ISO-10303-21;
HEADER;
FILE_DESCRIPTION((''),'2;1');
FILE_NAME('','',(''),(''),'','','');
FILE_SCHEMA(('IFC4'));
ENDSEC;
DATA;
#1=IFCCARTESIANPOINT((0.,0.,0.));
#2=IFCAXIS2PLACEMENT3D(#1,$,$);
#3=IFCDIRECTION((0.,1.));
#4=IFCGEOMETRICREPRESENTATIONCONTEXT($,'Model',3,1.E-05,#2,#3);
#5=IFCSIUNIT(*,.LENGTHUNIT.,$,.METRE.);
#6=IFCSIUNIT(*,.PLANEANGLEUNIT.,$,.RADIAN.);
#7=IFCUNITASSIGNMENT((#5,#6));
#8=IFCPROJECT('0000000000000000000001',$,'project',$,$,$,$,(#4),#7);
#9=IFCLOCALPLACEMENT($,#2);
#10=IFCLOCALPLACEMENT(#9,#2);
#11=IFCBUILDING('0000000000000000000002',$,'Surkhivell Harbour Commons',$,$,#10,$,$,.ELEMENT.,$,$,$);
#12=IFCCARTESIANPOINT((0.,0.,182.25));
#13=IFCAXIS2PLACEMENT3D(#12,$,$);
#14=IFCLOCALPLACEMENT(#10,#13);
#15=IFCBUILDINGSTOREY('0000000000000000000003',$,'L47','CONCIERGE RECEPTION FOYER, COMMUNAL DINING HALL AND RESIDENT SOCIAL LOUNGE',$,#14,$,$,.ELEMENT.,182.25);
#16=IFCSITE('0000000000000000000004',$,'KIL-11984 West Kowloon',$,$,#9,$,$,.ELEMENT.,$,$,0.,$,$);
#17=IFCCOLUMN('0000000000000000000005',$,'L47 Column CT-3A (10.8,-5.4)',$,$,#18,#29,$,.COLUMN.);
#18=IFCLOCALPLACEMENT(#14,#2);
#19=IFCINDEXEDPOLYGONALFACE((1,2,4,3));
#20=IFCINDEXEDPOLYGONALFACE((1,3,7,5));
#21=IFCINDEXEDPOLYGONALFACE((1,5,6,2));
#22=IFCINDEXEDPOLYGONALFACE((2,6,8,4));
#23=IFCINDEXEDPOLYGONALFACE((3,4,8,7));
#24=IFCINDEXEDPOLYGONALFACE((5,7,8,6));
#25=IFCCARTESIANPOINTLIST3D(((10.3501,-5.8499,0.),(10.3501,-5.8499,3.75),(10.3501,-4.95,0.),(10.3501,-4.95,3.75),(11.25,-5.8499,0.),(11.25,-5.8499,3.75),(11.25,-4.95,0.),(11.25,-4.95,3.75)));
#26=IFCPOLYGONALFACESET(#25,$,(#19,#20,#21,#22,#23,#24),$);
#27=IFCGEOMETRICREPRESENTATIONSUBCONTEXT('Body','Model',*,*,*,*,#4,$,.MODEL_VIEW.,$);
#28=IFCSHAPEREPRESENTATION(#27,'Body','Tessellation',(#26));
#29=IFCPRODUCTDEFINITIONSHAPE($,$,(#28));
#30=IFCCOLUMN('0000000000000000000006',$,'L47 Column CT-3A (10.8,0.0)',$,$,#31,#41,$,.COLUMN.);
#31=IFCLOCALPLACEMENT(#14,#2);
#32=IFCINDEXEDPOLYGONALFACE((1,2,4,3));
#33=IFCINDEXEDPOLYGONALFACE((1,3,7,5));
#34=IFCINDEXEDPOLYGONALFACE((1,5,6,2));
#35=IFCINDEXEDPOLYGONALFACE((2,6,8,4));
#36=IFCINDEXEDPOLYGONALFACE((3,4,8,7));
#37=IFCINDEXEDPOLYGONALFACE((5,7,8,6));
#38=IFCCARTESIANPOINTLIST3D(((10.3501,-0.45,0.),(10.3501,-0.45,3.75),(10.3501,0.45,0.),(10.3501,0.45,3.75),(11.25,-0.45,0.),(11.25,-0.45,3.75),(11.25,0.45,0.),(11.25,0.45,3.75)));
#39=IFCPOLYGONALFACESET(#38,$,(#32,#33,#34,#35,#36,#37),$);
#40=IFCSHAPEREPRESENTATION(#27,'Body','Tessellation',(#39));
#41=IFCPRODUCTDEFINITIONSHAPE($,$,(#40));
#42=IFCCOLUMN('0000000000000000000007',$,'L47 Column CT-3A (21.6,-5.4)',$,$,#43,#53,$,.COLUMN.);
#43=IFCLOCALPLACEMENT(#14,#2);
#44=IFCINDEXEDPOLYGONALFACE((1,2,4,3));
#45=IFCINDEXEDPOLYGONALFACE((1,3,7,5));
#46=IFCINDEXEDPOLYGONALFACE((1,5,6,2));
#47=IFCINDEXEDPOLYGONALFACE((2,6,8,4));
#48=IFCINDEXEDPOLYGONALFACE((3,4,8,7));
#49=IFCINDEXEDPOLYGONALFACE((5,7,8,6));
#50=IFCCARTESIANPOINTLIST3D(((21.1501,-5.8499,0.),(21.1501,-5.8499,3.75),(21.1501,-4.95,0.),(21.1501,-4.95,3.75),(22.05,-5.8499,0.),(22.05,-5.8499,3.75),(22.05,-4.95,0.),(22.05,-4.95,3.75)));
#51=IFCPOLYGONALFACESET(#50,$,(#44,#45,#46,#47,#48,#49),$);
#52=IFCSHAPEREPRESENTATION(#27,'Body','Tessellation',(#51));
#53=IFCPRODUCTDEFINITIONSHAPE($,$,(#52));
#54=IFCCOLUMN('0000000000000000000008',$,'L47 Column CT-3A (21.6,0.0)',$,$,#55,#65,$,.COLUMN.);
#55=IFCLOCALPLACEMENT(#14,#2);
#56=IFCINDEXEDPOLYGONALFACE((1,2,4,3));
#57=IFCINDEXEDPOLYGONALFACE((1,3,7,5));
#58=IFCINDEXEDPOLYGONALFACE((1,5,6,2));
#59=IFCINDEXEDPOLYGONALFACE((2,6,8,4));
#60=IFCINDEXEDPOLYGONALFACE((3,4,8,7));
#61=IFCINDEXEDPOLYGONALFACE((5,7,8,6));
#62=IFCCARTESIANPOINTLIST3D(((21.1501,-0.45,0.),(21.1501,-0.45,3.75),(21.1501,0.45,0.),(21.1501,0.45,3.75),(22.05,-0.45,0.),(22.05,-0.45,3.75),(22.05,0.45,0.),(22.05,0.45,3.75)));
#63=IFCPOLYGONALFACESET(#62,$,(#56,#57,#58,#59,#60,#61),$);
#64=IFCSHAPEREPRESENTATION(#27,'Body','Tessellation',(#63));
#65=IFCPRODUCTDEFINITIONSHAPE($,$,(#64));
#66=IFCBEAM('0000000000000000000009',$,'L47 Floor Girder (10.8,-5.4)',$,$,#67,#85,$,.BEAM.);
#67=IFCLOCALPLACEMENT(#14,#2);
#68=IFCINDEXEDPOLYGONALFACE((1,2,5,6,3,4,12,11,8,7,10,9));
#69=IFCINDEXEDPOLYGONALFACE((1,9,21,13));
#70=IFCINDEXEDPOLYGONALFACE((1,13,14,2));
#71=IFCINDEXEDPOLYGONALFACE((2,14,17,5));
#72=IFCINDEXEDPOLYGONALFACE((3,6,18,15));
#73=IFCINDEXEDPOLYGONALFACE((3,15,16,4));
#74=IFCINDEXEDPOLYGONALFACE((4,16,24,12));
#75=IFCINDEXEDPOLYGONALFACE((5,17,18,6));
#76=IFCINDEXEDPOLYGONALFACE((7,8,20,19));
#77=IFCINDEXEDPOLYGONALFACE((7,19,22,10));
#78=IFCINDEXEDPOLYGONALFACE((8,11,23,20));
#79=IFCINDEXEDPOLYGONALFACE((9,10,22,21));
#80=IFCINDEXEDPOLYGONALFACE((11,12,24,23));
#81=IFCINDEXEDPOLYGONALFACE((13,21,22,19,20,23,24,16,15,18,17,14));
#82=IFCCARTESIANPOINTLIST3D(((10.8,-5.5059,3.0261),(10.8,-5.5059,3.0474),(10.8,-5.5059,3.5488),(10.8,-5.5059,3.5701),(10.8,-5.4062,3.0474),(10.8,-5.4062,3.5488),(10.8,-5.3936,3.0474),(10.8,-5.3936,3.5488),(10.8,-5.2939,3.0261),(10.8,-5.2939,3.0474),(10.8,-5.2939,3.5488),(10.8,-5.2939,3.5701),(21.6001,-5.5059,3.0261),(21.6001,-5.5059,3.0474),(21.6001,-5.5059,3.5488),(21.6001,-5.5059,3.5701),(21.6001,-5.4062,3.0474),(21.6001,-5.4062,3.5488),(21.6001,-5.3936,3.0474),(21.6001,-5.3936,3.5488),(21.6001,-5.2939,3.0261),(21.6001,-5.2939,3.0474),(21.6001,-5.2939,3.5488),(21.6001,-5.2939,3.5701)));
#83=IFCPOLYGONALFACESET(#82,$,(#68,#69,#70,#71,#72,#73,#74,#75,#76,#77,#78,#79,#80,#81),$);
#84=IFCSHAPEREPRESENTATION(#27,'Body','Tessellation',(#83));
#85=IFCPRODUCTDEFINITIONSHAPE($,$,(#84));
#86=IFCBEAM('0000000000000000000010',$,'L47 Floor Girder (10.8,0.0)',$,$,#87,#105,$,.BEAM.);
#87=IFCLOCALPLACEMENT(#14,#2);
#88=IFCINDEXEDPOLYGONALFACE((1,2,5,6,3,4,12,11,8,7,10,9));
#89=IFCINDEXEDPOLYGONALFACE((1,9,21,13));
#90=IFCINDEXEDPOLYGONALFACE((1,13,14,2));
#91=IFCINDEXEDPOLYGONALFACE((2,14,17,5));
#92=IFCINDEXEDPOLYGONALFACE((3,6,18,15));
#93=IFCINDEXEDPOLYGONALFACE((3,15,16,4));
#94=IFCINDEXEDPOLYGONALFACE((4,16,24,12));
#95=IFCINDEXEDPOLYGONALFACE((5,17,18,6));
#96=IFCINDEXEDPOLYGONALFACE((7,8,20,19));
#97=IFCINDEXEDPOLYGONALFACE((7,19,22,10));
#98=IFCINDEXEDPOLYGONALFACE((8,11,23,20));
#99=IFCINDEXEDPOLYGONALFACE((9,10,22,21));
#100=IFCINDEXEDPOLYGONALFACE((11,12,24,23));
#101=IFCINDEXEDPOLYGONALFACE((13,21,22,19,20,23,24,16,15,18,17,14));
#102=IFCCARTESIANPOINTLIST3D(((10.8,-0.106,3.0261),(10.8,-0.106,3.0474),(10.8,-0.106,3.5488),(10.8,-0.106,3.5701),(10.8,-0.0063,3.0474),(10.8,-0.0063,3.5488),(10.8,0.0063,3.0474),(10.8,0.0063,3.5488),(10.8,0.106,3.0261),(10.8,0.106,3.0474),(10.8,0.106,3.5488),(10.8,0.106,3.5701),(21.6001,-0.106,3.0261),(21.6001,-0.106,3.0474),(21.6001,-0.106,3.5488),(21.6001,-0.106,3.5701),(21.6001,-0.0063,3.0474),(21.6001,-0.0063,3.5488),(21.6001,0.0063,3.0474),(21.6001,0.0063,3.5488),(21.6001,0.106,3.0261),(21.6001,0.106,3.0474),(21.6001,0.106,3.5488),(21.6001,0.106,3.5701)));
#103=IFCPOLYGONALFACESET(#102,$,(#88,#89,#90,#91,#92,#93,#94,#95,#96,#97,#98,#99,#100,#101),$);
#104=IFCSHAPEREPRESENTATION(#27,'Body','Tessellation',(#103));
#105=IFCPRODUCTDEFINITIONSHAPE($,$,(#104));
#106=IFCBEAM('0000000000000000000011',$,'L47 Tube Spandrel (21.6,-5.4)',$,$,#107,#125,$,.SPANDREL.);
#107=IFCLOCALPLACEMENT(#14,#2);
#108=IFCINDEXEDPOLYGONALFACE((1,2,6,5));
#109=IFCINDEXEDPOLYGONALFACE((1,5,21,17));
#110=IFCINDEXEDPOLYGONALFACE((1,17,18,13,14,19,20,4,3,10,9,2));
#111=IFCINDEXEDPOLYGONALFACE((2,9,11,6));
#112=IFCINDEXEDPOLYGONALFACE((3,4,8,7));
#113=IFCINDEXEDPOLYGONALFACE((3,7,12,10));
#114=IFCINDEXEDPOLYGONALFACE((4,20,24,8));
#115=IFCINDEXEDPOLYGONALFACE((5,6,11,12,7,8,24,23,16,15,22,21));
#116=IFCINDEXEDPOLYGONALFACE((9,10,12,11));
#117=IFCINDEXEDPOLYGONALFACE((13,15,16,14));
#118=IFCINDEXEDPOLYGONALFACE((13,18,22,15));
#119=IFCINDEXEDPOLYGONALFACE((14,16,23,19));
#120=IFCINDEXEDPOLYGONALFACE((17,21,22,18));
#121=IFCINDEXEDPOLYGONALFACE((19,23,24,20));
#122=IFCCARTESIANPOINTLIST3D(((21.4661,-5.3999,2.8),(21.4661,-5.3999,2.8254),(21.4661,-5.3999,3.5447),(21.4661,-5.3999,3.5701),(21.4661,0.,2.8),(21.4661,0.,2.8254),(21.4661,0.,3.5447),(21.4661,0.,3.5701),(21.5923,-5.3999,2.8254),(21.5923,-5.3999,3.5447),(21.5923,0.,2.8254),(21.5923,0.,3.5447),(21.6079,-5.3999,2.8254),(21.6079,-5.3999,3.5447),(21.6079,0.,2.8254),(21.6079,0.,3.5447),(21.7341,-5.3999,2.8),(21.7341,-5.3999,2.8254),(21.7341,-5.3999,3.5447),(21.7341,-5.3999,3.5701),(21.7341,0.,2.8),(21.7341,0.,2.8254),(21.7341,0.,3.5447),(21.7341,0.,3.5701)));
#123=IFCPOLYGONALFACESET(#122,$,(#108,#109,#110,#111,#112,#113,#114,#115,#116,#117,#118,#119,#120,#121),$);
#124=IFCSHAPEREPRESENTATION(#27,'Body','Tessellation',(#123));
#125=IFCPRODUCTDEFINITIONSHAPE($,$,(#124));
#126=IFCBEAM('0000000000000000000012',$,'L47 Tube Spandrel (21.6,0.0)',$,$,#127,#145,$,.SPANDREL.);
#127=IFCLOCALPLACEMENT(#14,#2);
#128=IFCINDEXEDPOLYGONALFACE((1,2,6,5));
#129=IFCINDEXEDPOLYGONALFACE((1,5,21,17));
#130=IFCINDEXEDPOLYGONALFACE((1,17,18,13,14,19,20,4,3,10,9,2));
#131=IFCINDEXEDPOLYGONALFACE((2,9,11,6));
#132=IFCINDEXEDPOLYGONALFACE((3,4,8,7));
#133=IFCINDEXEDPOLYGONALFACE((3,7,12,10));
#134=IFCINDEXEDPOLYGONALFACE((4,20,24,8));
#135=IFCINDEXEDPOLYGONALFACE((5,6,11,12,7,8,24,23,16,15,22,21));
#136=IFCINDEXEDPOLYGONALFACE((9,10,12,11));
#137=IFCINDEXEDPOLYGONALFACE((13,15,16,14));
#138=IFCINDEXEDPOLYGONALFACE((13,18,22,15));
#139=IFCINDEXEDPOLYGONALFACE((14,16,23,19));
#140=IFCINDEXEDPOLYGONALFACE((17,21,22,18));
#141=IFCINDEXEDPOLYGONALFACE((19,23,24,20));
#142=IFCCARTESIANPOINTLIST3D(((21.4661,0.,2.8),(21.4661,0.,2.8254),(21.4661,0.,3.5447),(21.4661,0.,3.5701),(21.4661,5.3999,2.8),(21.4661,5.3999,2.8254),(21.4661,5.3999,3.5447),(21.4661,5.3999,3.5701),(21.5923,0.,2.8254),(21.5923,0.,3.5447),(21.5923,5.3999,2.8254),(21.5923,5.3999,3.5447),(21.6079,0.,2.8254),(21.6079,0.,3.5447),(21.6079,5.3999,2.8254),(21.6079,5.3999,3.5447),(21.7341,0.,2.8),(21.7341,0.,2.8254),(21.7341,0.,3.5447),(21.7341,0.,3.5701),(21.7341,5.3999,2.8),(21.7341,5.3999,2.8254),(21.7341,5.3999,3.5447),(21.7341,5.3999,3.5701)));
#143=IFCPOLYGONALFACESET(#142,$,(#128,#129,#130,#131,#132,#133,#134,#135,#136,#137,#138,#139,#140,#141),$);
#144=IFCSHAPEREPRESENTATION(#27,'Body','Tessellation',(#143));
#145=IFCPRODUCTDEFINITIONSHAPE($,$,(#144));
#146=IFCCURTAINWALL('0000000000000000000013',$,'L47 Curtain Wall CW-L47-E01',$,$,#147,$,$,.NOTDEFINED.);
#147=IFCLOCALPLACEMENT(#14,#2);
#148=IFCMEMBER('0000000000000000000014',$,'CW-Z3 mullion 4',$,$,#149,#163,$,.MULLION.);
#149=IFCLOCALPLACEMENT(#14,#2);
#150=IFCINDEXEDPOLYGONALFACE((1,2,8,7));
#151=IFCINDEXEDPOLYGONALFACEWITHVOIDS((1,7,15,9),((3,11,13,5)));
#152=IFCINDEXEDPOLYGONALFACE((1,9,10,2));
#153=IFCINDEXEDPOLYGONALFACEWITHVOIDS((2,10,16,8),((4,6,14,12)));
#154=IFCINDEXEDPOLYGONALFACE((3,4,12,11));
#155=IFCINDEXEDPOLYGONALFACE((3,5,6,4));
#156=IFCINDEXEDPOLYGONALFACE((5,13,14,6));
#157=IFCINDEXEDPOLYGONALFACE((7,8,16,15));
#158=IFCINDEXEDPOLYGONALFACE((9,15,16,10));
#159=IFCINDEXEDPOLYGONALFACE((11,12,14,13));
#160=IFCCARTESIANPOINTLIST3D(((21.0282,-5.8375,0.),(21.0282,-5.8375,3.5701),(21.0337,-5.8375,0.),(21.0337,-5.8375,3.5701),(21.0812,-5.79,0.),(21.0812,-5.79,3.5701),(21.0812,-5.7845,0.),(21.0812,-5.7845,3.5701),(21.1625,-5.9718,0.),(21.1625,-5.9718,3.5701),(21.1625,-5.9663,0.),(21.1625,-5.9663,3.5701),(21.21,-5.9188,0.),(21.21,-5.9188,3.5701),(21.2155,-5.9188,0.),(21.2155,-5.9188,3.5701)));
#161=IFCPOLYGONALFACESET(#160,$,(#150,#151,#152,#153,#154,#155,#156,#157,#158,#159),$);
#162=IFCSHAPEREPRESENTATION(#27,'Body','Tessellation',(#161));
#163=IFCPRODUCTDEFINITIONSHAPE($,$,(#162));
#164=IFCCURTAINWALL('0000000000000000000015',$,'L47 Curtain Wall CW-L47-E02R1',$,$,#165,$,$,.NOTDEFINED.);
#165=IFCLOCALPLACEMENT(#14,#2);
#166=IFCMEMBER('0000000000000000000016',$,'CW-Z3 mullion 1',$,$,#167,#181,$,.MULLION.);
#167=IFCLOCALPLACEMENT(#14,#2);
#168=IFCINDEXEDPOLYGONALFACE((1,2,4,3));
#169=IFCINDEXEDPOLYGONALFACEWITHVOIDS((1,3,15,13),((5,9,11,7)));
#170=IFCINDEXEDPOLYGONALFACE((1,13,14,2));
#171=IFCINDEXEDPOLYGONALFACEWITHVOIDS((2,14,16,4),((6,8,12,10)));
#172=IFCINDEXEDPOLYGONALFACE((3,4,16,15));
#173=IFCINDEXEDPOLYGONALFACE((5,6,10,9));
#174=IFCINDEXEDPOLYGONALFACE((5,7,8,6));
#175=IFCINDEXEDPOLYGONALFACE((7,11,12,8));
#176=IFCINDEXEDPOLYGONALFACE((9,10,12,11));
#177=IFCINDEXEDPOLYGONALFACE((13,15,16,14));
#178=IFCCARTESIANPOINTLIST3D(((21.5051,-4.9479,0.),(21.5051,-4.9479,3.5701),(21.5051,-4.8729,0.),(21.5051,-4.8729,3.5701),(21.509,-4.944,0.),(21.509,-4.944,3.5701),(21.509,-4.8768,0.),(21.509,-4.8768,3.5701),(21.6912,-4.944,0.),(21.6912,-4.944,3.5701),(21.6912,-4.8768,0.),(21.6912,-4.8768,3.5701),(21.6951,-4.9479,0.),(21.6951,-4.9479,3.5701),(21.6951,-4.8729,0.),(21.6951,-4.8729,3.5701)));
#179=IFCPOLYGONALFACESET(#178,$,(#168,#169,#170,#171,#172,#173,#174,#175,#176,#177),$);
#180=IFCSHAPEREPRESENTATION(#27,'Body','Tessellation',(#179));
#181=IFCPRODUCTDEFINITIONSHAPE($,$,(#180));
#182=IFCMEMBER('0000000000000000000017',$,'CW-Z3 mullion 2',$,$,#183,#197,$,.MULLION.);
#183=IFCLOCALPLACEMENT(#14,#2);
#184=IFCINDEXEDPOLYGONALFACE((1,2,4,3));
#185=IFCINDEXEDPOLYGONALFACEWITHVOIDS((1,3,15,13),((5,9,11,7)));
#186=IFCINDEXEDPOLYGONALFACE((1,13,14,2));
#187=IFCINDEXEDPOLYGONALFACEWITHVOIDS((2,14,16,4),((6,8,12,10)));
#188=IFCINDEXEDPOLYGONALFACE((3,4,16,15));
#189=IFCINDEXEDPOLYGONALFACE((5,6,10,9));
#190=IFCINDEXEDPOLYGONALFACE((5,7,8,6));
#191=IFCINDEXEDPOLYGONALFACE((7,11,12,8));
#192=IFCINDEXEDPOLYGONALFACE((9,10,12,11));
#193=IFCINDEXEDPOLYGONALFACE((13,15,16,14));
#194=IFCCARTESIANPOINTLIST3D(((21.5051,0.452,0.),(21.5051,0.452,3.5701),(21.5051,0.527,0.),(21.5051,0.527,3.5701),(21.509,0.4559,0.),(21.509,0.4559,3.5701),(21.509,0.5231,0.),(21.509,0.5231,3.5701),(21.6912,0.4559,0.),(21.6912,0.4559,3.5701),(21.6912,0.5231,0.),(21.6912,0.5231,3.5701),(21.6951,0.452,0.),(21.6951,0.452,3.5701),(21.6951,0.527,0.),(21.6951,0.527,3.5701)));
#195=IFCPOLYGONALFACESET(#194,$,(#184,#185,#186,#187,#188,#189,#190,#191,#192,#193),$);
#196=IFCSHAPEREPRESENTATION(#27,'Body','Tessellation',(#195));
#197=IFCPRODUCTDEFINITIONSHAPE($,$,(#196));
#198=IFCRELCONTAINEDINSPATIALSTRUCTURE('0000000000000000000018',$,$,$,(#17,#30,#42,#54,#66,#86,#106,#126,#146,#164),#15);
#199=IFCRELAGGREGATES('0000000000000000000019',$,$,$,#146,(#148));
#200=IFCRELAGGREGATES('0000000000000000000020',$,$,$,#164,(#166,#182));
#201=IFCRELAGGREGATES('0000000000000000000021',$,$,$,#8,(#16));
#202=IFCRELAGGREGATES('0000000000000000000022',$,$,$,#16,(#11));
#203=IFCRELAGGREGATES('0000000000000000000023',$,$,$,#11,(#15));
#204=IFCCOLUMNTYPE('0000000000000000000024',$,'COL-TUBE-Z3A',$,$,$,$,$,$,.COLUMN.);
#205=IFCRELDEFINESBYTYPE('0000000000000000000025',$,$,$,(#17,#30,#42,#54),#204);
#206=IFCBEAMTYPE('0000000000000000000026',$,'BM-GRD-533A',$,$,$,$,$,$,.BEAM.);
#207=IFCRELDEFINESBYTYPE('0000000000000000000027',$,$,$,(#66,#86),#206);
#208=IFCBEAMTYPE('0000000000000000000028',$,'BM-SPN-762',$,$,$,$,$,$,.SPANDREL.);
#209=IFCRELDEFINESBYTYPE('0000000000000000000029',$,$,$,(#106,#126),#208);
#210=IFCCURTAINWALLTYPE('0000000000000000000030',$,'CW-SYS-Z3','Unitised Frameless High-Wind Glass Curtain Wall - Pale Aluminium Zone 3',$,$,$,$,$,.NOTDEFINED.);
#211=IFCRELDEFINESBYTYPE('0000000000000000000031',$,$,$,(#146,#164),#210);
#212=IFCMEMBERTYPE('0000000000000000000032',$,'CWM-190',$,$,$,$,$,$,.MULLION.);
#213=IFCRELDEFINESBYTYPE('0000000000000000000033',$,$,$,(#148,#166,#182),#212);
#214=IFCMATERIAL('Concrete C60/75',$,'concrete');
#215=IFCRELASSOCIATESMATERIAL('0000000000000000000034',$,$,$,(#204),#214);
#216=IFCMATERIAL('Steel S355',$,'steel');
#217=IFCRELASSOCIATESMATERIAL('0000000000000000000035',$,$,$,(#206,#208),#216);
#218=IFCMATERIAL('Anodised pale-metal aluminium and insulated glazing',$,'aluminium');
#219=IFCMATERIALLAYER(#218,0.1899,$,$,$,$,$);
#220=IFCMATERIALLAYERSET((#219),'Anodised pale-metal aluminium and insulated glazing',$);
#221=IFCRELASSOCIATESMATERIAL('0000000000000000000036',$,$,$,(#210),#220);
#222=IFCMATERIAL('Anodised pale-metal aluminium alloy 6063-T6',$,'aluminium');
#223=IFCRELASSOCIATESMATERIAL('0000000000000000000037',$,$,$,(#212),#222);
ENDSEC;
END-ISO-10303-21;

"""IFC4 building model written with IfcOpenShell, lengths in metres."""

from ifc_helpers import new_model, si_unit, direction, frame, origin, origin_2d, place, context, subcontext, project, spatial, rectangle, hollow_rectangle, i_section, extrude, material, layer, layer_set, material_profile, profile_set, type_object, element, aggregate, save


model = new_model("IFC4")

# Units and contexts
model_context = context("Model", 3, precision=1e-05, world=origin(), true_north=direction((0.0, 1.0)))
body_context = subcontext(model_context, "Body", "Model", "MODEL_VIEW")
ifc_project = project(units=[si_unit("LENGTHUNIT", "METRE"), si_unit("PLANEANGLEUNIT", "RADIAN")], contexts=[model_context])

# Site, building, storey
site_placement = place(None, origin())
site = spatial("IfcSite", under=ifc_project, at=site_placement, Name="KIL-11984 West Kowloon", CompositionType="ELEMENT", RefElevation=0.0)
building_placement = place(site_placement, origin())
building = spatial("IfcBuilding", under=site, at=building_placement, Name="Surkhivell Harbour Commons", CompositionType="ELEMENT")
storey_placement = place(building_placement, frame((0.0, 0.0, 182.25)))
storey = spatial("IfcBuildingStorey", under=building, at=storey_placement, Name="L47", Description="CONCIERGE RECEPTION FOYER, COMMUNAL DINING HALL AND RESIDENT SOCIAL LOUNGE", CompositionType="ELEMENT", Elevation=182.25)

# Columns
ifc_material_1 = material(Name="Concrete C60/75", Category="concrete")
ifc_material_profile_1 = material_profile(ifc_material_1, rectangle(XDim=0.8999, YDim=0.8999, at=origin_2d()), Name="RC-COL-900x900")
ifc_profile_set_1 = profile_set([ifc_material_profile_1], Name="Concrete C60/75")
column_type = type_object("IfcColumnType", Name="COL-TUBE-Z3A", PredefinedType="COLUMN", material=ifc_profile_set_1)
for number, where, z_axis, x_axis, name in (
    (1, (10.8, -5.3999, 0.0), (0.0, 0.0, 1.0), (1.0, 0.0, 0.0), "L47 Column CT-3A (10.8,-5.4)"),
    (2, (10.8, 0.0, 0.0), (0.0, 0.0, 1.0), (1.0, 0.0, 0.0), "L47 Column CT-3A (10.8,0.0)"),
    (3, (21.6001, -5.3999, 0.0), (0.0, 0.0, 1.0), (1.0, 0.0, 0.0), "L47 Column CT-3A (21.6,-5.4)"),
    (4, (21.6001, 0.0, 0.0), (0.0, 0.0, 1.0), (1.0, 0.0, 0.0), "L47 Column CT-3A (21.6,0.0)"),
):
    element("IfcColumn", number, at=place(storey_placement, frame(where, z_axis=z_axis, x_axis=x_axis)), inside=storey, type_object=column_type, Name=name, PredefinedType="COLUMN", context=body_context, shape_type="SweptSolid", body=[
        extrude(rectangle(XDim=0.8999, YDim=0.8999, at=origin_2d()), origin(), (0.0, 0.0, 1.0), 3.75),
    ])

# Beams
ifc_material_2 = material(Name="Steel S355", Category="steel")
ifc_material_profile_2 = material_profile(ifc_material_2, i_section(OverallWidth=0.2119, OverallDepth=0.5439, WebThickness=0.0127, FlangeThickness=0.0212, at=origin_2d()), Name="UB533x210x122")
ifc_profile_set_2 = profile_set([ifc_material_profile_2], Name="Steel S355")
beam_type_1 = type_object("IfcBeamType", Name="BM-GRD-533A", PredefinedType="BEAM", material=ifc_profile_set_2)
for number, where, z_axis, x_axis, name in (
    (5, (10.8, -5.3999, 3.2981), (1.0, 0.0, 0.0), (0.0, 1.0, 0.0), "L47 Floor Girder (10.8,-5.4)"),
    (6, (10.8, 0.0, 3.2981), (1.0, 0.0, 0.0), (0.0, 1.0, 0.0), "L47 Floor Girder (10.8,0.0)"),
):
    element("IfcBeam", number, at=place(storey_placement, frame(where, z_axis=z_axis, x_axis=x_axis)), inside=storey, type_object=beam_type_1, Name=name, PredefinedType="BEAM", context=body_context, shape_type="SweptSolid", body=[
        extrude(i_section(OverallWidth=0.2119, OverallDepth=0.5439, WebThickness=0.0127, FlangeThickness=0.0212, at=origin_2d()), origin(), (0.0, 0.0, 1.0), 10.8),
    ])
ifc_material_profile_3 = material_profile(ifc_material_2, i_section(OverallWidth=0.2681, OverallDepth=0.77, WebThickness=0.0156, FlangeThickness=0.0254, at=origin_2d()), Name="UB762x267x197")
ifc_profile_set_3 = profile_set([ifc_material_profile_3], Name="Steel S355")
beam_type_2 = type_object("IfcBeamType", Name="BM-SPN-762", PredefinedType="SPANDREL", material=ifc_profile_set_3)
for number, where, z_axis, x_axis, name in (
    (7, (21.6001, -5.3999, 3.1851), (0.0, 1.0, 0.0), (-1.0, 0.0, 0.0), "L47 Tube Spandrel (21.6,-5.4)"),
    (8, (21.6001, 0.0, 3.1851), (0.0, 1.0, 0.0), (-1.0, 0.0, 0.0), "L47 Tube Spandrel (21.6,0.0)"),
):
    element("IfcBeam", number, at=place(storey_placement, frame(where, z_axis=z_axis, x_axis=x_axis)), inside=storey, type_object=beam_type_2, Name=name, PredefinedType="SPANDREL", context=body_context, shape_type="SweptSolid", body=[
        extrude(i_section(OverallWidth=0.2681, OverallDepth=0.77, WebThickness=0.0156, FlangeThickness=0.0254, at=origin_2d()), origin(), (0.0, 0.0, 1.0), 5.3999),
    ])

# Curtain wall, member
ifc_material_3 = material(Name="Anodised pale-metal aluminium and insulated glazing", Category="aluminium")
ifc_layer_1 = layer(ifc_material_3, 0.1899)
ifc_layer_set_1 = layer_set([ifc_layer_1], Name="Anodised pale-metal aluminium and insulated glazing")
curtain_wall_type = type_object("IfcCurtainWallType", Name="CW-SYS-Z3", Description="Unitised Frameless High-Wind Glass Curtain Wall - Pale Aluminium Zone 3", PredefinedType="NOTDEFINED", material=ifc_layer_set_1)
curtain_wall_1_placement = place(storey_placement, origin())
curtain_wall_1 = element("IfcCurtainWall", 9, at=curtain_wall_1_placement, inside=storey, type_object=curtain_wall_type, Name="L47 Curtain Wall CW-L47-E01", PredefinedType="NOTDEFINED")
ifc_material_4 = material(Name="Anodised pale-metal aluminium alloy 6063-T6", Category="aluminium")
ifc_material_profile_4 = material_profile(ifc_material_4, hollow_rectangle(XDim=0.075, YDim=0.1899, WallThickness=0.0039, at=origin_2d()), Name="ALU-MULL-75x190")
ifc_profile_set_4 = profile_set([ifc_material_profile_4], Name="Anodised pale-metal aluminium alloy 6063-T6")
member_type_1 = type_object("IfcMemberType", Name="CWM-190", PredefinedType="MULLION", material=ifc_profile_set_4)
member_1_placement = place(storey_placement, frame((21.1218, -5.8782, 0.0), z_axis=(0.0, 0.0, 1.0), x_axis=(0.707107, 0.707107, 0.0)))
member_1 = element("IfcMember", 10, at=member_1_placement, type_object=member_type_1, Name="CW-Z3 mullion 4", PredefinedType="MULLION", context=body_context, shape_type="SweptSolid", body=[
    extrude(hollow_rectangle(XDim=0.075, YDim=0.1899, WallThickness=0.0039, at=origin_2d()), origin(), (0.0, 0.0, 1.0), 3.5701),
])
aggregate(curtain_wall_1, [member_1])

# Curtain wall, members
curtain_wall_2_placement = place(storey_placement, origin())
curtain_wall_2 = element("IfcCurtainWall", 11, at=curtain_wall_2_placement, inside=storey, type_object=curtain_wall_type, Name="L47 Curtain Wall CW-L47-E02R1", PredefinedType="NOTDEFINED")
member_2_placement = place(storey_placement, frame((21.6001, -4.9104, 0.0), z_axis=(0.0, 0.0, 1.0), x_axis=(0.0, 1.0, 0.0)))
member_2 = element("IfcMember", 12, at=member_2_placement, type_object=member_type_1, Name="CW-Z3 mullion 1", PredefinedType="MULLION", context=body_context, shape_type="SweptSolid", body=[
    extrude(hollow_rectangle(XDim=0.075, YDim=0.1899, WallThickness=0.0039, at=origin_2d()), origin(), (0.0, 0.0, 1.0), 3.5701),
])
member_3_placement = place(storey_placement, frame((21.6001, 0.4895, 0.0), z_axis=(0.0, 0.0, 1.0), x_axis=(0.0, 1.0, 0.0)))
member_3 = element("IfcMember", 13, at=member_3_placement, type_object=member_type_1, Name="CW-Z3 mullion 2", PredefinedType="MULLION", context=body_context, shape_type="SweptSolid", body=[
    extrude(hollow_rectangle(XDim=0.075, YDim=0.1899, WallThickness=0.0039, at=origin_2d()), origin(), (0.0, 0.0, 1.0), 3.5701),
])
aggregate(curtain_wall_2, [member_2, member_3])

save(model, "model.ifc")
